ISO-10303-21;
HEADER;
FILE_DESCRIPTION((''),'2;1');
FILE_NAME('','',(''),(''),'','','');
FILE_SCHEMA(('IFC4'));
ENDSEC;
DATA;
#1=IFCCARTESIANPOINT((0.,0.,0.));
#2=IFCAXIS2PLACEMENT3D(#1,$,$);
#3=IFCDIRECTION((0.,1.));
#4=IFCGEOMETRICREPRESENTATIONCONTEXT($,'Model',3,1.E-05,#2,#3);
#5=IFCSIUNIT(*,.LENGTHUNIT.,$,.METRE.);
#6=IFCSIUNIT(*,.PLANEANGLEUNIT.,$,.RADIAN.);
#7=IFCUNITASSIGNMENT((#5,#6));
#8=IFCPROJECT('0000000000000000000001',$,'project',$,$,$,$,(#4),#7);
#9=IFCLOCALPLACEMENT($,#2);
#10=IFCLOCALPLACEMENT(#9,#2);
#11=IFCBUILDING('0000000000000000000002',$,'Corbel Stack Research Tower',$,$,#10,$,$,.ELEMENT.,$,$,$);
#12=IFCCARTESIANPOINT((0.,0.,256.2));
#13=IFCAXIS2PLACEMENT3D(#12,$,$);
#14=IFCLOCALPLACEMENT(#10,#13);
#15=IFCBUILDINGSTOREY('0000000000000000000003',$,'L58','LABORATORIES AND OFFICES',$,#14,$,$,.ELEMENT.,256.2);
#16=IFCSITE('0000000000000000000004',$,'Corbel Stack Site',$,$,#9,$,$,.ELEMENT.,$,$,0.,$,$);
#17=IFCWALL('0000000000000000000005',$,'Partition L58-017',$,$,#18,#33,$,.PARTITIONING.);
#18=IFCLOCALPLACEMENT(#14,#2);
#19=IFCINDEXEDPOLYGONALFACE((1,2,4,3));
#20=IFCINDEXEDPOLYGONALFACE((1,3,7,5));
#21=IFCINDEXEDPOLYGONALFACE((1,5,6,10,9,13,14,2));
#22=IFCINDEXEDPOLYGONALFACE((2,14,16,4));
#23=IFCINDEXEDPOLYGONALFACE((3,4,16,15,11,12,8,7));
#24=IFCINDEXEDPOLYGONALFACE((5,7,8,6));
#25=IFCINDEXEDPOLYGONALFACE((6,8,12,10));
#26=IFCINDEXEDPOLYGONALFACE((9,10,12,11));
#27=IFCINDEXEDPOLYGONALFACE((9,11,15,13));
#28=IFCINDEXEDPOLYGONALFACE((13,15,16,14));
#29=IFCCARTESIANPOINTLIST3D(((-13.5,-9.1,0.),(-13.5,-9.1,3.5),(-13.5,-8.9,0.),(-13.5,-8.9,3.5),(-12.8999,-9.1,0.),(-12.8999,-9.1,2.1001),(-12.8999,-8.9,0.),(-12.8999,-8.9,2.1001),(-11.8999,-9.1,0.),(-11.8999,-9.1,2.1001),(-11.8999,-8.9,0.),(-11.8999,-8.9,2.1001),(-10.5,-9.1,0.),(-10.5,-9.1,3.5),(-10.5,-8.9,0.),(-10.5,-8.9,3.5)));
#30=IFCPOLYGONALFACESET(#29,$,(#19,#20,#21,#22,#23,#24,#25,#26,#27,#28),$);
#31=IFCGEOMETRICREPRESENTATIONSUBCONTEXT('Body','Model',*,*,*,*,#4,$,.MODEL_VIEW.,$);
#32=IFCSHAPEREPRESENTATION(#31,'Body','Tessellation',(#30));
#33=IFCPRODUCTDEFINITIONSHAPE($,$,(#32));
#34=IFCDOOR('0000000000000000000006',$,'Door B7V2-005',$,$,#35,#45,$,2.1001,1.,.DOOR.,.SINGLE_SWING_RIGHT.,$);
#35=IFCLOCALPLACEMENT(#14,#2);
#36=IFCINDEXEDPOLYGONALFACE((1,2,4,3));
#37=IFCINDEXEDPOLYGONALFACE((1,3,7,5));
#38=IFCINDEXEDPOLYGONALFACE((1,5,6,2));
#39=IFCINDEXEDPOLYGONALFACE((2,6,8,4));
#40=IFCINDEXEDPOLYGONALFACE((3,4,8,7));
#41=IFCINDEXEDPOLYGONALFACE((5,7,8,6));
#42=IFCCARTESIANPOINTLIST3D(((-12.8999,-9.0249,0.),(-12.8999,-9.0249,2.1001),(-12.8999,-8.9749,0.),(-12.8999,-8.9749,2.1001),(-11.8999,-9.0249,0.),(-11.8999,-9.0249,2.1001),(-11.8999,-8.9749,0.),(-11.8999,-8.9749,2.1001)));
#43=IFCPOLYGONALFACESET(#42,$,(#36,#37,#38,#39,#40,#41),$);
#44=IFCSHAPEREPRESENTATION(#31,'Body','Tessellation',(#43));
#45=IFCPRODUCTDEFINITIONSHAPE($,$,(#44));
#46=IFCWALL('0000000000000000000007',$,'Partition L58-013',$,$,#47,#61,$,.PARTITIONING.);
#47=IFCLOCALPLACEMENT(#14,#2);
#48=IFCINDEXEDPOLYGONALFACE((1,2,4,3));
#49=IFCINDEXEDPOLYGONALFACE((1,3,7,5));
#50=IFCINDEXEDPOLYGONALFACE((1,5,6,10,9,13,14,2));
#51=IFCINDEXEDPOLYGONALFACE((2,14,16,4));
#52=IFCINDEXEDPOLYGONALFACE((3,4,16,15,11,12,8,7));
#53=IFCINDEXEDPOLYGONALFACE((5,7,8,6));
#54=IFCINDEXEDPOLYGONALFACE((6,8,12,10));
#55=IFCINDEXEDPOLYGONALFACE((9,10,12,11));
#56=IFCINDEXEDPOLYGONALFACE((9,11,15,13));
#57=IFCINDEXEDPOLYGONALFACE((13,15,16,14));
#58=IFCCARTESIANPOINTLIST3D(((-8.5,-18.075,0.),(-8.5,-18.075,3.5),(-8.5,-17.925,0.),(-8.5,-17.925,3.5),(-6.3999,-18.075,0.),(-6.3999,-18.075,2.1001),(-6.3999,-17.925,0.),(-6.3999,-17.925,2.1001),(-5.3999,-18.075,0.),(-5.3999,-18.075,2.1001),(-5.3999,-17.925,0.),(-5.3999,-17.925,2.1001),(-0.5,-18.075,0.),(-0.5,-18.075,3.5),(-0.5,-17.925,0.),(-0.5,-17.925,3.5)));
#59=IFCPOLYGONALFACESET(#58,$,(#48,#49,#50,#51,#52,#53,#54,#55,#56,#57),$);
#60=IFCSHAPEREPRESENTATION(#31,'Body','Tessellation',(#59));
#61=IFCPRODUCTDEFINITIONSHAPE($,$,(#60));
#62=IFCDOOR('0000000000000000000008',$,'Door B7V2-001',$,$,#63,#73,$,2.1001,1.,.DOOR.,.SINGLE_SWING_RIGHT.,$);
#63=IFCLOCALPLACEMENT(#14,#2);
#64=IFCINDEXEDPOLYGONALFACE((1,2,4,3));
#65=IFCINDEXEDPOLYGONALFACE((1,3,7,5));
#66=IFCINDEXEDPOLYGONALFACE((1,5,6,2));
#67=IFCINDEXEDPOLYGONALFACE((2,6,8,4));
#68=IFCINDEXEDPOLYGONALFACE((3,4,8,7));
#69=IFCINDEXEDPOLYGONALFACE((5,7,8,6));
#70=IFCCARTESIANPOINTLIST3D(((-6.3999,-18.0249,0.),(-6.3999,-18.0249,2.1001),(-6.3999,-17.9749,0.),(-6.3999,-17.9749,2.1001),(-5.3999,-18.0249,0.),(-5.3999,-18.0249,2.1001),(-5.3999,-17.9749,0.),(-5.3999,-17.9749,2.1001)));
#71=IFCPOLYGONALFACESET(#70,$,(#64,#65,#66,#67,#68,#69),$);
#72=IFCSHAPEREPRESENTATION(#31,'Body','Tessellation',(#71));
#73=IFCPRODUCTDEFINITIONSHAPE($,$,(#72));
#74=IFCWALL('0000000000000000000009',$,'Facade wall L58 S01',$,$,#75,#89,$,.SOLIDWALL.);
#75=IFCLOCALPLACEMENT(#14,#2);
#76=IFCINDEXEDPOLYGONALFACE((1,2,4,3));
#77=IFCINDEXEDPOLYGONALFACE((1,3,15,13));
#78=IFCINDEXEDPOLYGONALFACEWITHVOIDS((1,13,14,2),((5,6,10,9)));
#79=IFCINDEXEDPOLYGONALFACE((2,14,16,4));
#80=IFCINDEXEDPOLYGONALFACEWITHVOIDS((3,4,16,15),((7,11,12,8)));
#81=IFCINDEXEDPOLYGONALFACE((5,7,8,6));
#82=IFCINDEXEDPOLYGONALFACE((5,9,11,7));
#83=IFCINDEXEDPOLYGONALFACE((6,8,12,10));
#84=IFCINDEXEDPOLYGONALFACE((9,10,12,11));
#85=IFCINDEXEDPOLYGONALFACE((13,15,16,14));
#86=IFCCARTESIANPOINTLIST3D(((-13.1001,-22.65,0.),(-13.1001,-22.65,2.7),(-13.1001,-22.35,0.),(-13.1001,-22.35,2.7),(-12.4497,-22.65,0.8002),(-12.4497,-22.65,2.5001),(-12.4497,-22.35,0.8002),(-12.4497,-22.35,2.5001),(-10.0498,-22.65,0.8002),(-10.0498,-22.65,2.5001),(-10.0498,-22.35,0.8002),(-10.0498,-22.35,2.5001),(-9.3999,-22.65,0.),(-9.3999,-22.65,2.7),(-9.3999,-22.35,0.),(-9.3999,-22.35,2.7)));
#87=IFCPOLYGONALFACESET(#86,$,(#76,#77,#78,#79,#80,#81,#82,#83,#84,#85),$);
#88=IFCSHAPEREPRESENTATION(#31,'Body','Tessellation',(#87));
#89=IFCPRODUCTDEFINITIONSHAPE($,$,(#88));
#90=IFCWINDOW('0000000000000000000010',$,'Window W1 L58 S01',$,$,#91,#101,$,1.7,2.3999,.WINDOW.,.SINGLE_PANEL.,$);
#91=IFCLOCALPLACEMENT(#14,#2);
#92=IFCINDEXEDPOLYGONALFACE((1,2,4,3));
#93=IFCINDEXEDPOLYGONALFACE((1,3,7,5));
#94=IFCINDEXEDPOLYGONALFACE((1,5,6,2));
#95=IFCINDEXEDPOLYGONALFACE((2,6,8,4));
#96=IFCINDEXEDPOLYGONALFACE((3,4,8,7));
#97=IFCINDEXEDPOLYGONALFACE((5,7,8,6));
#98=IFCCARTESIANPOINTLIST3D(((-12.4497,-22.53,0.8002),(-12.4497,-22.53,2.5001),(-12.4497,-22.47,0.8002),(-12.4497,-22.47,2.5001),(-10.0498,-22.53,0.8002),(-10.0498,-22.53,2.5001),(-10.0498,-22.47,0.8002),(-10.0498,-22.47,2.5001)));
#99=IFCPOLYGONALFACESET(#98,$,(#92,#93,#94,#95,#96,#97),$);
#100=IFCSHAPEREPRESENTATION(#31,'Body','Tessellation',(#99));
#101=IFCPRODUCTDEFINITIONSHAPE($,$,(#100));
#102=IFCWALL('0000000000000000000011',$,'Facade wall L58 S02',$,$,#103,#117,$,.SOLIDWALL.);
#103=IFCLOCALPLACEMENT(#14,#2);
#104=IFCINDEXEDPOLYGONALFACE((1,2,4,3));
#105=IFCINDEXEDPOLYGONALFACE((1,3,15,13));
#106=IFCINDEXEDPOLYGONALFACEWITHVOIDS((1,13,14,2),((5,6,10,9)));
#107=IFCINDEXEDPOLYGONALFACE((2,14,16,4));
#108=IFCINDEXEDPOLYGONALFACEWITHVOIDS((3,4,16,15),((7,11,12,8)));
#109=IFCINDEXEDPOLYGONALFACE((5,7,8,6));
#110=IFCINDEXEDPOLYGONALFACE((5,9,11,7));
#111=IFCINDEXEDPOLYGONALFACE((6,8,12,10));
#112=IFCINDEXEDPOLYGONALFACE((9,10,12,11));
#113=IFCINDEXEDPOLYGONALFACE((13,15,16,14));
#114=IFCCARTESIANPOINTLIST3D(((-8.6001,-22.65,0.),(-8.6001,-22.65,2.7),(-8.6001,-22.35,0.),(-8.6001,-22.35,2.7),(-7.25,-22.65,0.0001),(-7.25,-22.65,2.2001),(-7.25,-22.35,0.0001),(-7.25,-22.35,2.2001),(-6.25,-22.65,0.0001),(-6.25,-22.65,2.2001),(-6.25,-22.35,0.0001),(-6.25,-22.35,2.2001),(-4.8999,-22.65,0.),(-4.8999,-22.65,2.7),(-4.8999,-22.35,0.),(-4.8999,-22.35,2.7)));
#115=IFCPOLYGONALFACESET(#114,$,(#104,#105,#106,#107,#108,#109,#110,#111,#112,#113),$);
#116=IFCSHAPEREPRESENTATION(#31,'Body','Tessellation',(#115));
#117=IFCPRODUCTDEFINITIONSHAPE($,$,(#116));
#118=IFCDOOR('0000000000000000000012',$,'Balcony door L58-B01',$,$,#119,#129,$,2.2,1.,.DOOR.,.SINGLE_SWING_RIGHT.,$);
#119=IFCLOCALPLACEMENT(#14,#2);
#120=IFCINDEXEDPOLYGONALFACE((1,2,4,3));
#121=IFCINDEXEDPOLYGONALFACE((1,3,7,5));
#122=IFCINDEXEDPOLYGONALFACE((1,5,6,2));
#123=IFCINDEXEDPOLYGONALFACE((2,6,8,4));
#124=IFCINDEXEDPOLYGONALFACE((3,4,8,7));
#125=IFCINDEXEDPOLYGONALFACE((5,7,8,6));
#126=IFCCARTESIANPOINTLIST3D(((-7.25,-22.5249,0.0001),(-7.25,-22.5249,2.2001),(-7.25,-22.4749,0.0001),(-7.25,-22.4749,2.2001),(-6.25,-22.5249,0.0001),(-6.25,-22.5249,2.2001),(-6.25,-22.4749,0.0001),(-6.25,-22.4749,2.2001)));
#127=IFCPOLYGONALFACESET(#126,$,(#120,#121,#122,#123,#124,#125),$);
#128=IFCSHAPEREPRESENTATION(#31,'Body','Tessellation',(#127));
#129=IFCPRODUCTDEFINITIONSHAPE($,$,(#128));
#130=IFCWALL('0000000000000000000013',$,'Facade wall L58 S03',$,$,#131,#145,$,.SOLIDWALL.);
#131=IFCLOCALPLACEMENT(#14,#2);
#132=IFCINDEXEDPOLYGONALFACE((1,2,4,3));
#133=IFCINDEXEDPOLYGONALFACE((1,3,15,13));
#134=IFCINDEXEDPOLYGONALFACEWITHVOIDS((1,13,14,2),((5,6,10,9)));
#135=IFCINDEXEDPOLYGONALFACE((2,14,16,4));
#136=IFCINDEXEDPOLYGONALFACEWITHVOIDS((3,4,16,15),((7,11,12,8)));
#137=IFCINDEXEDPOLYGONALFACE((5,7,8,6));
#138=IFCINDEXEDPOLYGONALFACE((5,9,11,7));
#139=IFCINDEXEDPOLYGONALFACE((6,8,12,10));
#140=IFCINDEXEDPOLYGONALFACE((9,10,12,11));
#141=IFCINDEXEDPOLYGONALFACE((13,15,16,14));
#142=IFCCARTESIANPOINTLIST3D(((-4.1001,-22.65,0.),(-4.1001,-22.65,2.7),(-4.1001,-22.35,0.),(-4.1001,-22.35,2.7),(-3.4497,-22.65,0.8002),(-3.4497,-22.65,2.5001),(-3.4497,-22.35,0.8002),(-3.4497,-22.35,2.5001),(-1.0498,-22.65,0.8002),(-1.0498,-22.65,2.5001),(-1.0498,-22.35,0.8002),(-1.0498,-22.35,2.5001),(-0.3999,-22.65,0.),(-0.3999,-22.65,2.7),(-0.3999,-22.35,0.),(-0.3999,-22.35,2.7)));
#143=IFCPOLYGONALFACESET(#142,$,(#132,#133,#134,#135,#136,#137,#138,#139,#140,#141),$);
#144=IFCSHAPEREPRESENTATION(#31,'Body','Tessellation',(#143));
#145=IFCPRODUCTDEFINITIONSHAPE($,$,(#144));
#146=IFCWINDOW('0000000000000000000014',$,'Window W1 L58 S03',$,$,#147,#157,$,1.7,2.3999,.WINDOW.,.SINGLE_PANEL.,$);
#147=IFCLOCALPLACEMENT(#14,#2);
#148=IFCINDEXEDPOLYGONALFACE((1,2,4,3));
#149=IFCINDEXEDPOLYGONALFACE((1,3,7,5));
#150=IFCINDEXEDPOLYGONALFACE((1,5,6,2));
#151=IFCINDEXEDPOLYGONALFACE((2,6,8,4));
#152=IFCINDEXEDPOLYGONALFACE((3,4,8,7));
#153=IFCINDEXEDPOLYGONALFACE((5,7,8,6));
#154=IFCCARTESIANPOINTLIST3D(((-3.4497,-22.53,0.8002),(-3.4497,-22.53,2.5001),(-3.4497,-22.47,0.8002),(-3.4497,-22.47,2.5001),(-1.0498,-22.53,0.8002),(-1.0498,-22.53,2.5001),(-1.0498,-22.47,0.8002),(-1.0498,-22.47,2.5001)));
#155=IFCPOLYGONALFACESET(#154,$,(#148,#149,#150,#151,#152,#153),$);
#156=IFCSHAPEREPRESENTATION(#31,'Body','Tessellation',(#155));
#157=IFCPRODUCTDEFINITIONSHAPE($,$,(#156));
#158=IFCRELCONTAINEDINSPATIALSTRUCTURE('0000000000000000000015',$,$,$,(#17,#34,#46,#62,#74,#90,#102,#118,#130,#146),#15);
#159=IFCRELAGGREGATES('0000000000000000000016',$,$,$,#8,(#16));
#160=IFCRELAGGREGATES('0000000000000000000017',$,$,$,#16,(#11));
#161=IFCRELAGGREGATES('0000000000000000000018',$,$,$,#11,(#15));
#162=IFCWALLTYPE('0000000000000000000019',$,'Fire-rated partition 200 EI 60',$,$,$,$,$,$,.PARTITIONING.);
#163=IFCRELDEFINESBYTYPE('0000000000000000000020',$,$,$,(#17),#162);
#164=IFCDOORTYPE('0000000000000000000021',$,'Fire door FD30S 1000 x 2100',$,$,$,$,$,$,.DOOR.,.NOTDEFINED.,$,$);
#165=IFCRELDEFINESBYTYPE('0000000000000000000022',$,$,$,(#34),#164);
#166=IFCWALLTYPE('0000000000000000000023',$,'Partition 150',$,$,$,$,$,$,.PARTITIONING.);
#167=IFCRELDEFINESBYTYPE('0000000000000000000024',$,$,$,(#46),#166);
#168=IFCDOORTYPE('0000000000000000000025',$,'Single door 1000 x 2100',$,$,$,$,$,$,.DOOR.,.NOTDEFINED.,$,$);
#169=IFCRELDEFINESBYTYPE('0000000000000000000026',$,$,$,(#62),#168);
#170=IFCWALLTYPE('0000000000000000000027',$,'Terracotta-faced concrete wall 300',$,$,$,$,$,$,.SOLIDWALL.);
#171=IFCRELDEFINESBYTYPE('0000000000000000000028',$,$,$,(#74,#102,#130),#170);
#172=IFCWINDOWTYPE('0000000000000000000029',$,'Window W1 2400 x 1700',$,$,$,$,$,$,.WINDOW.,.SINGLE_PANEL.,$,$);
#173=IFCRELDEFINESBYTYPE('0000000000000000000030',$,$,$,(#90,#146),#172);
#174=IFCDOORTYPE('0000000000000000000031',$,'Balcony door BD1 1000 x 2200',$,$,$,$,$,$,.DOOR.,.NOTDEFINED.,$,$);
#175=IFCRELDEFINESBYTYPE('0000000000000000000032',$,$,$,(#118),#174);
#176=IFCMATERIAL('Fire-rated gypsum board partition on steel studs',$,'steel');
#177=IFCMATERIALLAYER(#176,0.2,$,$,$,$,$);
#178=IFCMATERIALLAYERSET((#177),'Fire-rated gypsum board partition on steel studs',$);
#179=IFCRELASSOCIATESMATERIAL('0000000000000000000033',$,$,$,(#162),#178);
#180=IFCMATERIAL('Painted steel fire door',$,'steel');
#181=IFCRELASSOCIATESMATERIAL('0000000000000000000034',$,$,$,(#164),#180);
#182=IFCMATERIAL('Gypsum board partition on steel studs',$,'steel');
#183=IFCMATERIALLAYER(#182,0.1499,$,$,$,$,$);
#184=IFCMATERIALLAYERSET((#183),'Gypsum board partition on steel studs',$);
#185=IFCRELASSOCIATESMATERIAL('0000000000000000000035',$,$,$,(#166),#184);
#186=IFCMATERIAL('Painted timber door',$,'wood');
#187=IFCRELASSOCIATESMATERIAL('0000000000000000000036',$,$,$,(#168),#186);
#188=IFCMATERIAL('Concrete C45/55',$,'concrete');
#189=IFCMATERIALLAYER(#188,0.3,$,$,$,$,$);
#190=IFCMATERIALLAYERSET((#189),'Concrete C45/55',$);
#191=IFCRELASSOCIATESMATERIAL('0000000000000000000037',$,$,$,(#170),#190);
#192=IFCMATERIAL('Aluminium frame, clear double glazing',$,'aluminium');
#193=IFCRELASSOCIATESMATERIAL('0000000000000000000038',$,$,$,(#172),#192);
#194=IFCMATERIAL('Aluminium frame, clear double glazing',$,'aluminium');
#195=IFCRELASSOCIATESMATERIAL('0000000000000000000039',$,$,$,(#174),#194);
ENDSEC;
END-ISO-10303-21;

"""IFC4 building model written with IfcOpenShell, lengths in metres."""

from ifc_helpers import new_model, si_unit, direction, frame, frame_2d, origin, place, context, subcontext, project, spatial, rectangle, extrude, material, layer, layer_set, type_object, element, fill, save


model = new_model("IFC4")

# Units and contexts
model_context = context("Model", 3, precision=1e-05, world=origin(), true_north=direction((0.0, 1.0)))
body_context = subcontext(model_context, "Body", "Model", "MODEL_VIEW")
ifc_project = project(units=[si_unit("LENGTHUNIT", "METRE"), si_unit("PLANEANGLEUNIT", "RADIAN")], contexts=[model_context])

# Site, building, storey
site_placement = place(None, origin())
site = spatial("IfcSite", under=ifc_project, at=site_placement, Name="Corbel Stack Site", CompositionType="ELEMENT", RefElevation=0.0)
building_placement = place(site_placement, origin())
building = spatial("IfcBuilding", under=site, at=building_placement, Name="Corbel Stack Research Tower", CompositionType="ELEMENT")
storey_placement = place(building_placement, frame((0.0, 0.0, 256.2)))
storey = spatial("IfcBuildingStorey", under=building, at=storey_placement, Name="L58", Description="LABORATORIES AND OFFICES", CompositionType="ELEMENT", Elevation=256.2)

# Shared definitions
ifc_material_1 = material(Name="Fire-rated gypsum board partition on steel studs", Category="steel")
ifc_layer_1 = layer(ifc_material_1, 0.2)
ifc_layer_set_1 = layer_set([ifc_layer_1], Name="Fire-rated gypsum board partition on steel studs")
wall_type_1 = type_object("IfcWallType", Name="Fire-rated partition 200 EI 60", PredefinedType="PARTITIONING", material=ifc_layer_set_1)

# Walls, openings, doors
wall_1_placement = place(storey_placement, frame((-10.5, -9.0, 0.0), z_axis=(0.0, 0.0, 1.0), x_axis=(-1.0, 0.0, 0.0)))
wall_1 = element("IfcWall", 1, at=wall_1_placement, inside=storey, type_object=wall_type_1, Name="Partition L58-017", PredefinedType="PARTITIONING", context=body_context, shape_type="SweptSolid", body=[
    extrude(rectangle(XDim=3.0, YDim=0.2, at=frame_2d((1.5, 0.0))), origin(), (0.0, 0.0, 1.0), 3.5),
])
opening_1_placement = place(wall_1_placement, frame((1.3999, 0.0, 0.0)))
opening_1 = element("IfcOpeningElement", 2, at=opening_1_placement, cuts=wall_1, PredefinedType="OPENING", context=body_context, shape_type="SweptSolid", body=[
    extrude(rectangle(XDim=1.0, YDim=2.1001, at=frame_2d((0.5, 1.05))), frame((0.0, 0.1099, 0.0), z_axis=(0.0, -1.0, 0.0), x_axis=(1.0, 0.0, 0.0)), (0.0, 0.0, 1.0), 0.22),
])
ifc_material_2 = material(Name="Painted steel fire door", Category="steel")
door_type_1 = type_object("IfcDoorType", Name="Fire door FD30S 1000 x 2100", OperationType="NOTDEFINED", PredefinedType="DOOR", material=ifc_material_2)
door_1_placement = place(opening_1_placement, origin())
door_1 = element("IfcDoor", 3, at=door_1_placement, inside=storey, type_object=door_type_1, Name="Door B7V2-005", OperationType="SINGLE_SWING_RIGHT", OverallHeight=2.1001, OverallWidth=1.0, PredefinedType="DOOR", context=body_context, shape_type="SweptSolid", body=[
    extrude(rectangle(XDim=1.0, YDim=2.1001, at=frame_2d((0.5, 1.05))), frame((0.0, 0.0249, 0.0), z_axis=(0.0, -1.0, 0.0), x_axis=(1.0, 0.0, 0.0)), (0.0, 0.0, 1.0), 0.05),
])
fill(opening_1, door_1)
ifc_material_3 = material(Name="Gypsum board partition on steel studs", Category="steel")
ifc_layer_2 = layer(ifc_material_3, 0.1499)
ifc_layer_set_2 = layer_set([ifc_layer_2], Name="Gypsum board partition on steel studs")
wall_type_2 = type_object("IfcWallType", Name="Partition 150", PredefinedType="PARTITIONING", material=ifc_layer_set_2)
wall_2_placement = place(storey_placement, frame((-0.5, -18.0, 0.0), z_axis=(0.0, 0.0, 1.0), x_axis=(-1.0, 0.0, 0.0)))
wall_2 = element("IfcWall", 4, at=wall_2_placement, inside=storey, type_object=wall_type_2, Name="Partition L58-013", PredefinedType="PARTITIONING", context=body_context, shape_type="SweptSolid", body=[
    extrude(rectangle(XDim=8.0, YDim=0.1499, at=frame_2d((4.0, 0.0))), origin(), (0.0, 0.0, 1.0), 3.5),
])
opening_2_placement = place(wall_2_placement, frame((4.8999, 0.0, 0.0)))
opening_2 = element("IfcOpeningElement", 5, at=opening_2_placement, cuts=wall_2, PredefinedType="OPENING", context=body_context, shape_type="SweptSolid", body=[
    extrude(rectangle(XDim=1.0, YDim=2.1001, at=frame_2d((0.5, 1.05))), frame((0.0, 0.085, 0.0), z_axis=(0.0, -1.0, 0.0), x_axis=(1.0, 0.0, 0.0)), (0.0, 0.0, 1.0), 0.1699),
])
ifc_material_4 = material(Name="Painted timber door", Category="wood")
door_type_2 = type_object("IfcDoorType", Name="Single door 1000 x 2100", OperationType="NOTDEFINED", PredefinedType="DOOR", material=ifc_material_4)
door_2_placement = place(opening_2_placement, origin())
door_2 = element("IfcDoor", 6, at=door_2_placement, inside=storey, type_object=door_type_2, Name="Door B7V2-001", OperationType="SINGLE_SWING_RIGHT", OverallHeight=2.1001, OverallWidth=1.0, PredefinedType="DOOR", context=body_context, shape_type="SweptSolid", body=[
    extrude(rectangle(XDim=1.0, YDim=2.1001, at=frame_2d((0.5, 1.05))), frame((0.0, 0.0249, 0.0), z_axis=(0.0, -1.0, 0.0), x_axis=(1.0, 0.0, 0.0)), (0.0, 0.0, 1.0), 0.05),
])
fill(opening_2, door_2)

# Wall, opening, window
ifc_material_5 = material(Name="Concrete C45/55", Category="concrete")
ifc_layer_3 = layer(ifc_material_5, 0.3)
ifc_layer_set_3 = layer_set([ifc_layer_3], Name="Concrete C45/55")
wall_type_3 = type_object("IfcWallType", Name="Terracotta-faced concrete wall 300", PredefinedType="SOLIDWALL", material=ifc_layer_set_3)
wall_3_placement = place(storey_placement, frame((-9.3999, -22.5, 0.0), z_axis=(0.0, 0.0, 1.0), x_axis=(-1.0, 0.0, 0.0)))
wall_3 = element("IfcWall", 7, at=wall_3_placement, inside=storey, type_object=wall_type_3, Name="Facade wall L58 S01", PredefinedType="SOLIDWALL", context=body_context, shape_type="SweptSolid", body=[
    extrude(rectangle(XDim=3.7002, YDim=0.3, at=frame_2d((1.8501, 0.0))), origin(), (0.0, 0.0, 1.0), 2.7),
])
opening_3_placement = place(wall_3_placement, frame((0.6499, 0.0, 0.8)))
opening_3 = element("IfcOpeningElement", 8, at=opening_3_placement, cuts=wall_3, PredefinedType="OPENING", context=body_context, shape_type="SweptSolid", body=[
    extrude(rectangle(XDim=2.3999, YDim=1.7, at=frame_2d((1.2, 0.8501))), frame((0.0, 0.1599, 0.0), z_axis=(0.0, -1.0, 0.0), x_axis=(1.0, 0.0, 0.0)), (0.0, 0.0, 1.0), 0.3201),
])
ifc_material_6 = material(Name="Aluminium frame, clear double glazing", Category="aluminium")
window_type = type_object("IfcWindowType", Name="Window W1 2400 x 1700", PartitioningType="SINGLE_PANEL", PredefinedType="WINDOW", material=ifc_material_6)
window_1_placement = place(opening_3_placement, origin())
window_1 = element("IfcWindow", 9, at=window_1_placement, inside=storey, type_object=window_type, Name="Window W1 L58 S01", OverallHeight=1.7, OverallWidth=2.3999, PartitioningType="SINGLE_PANEL", PredefinedType="WINDOW", context=body_context, shape_type="SweptSolid", body=[
    extrude(rectangle(XDim=2.3999, YDim=1.7, at=frame_2d((1.2, 0.8501))), frame((0.0, 0.03, 0.0), z_axis=(0.0, -1.0, 0.0), x_axis=(1.0, 0.0, 0.0)), (0.0, 0.0, 1.0), 0.0601),
])
fill(opening_3, window_1)

# Wall, opening, door
wall_4_placement = place(storey_placement, frame((-4.8999, -22.5, 0.0), z_axis=(0.0, 0.0, 1.0), x_axis=(-1.0, 0.0, 0.0)))
wall_4 = element("IfcWall", 10, at=wall_4_placement, inside=storey, type_object=wall_type_3, Name="Facade wall L58 S02", PredefinedType="SOLIDWALL", context=body_context, shape_type="SweptSolid", body=[
    extrude(rectangle(XDim=3.7002, YDim=0.3, at=frame_2d((1.8501, 0.0))), origin(), (0.0, 0.0, 1.0), 2.7),
])
opening_4_placement = place(wall_4_placement, frame((1.3501, 0.0, 0.0)))
opening_4 = element("IfcOpeningElement", 11, at=opening_4_placement, cuts=wall_4, PredefinedType="OPENING", context=body_context, shape_type="SweptSolid", body=[
    extrude(rectangle(XDim=1.0, YDim=2.2, at=frame_2d((0.5, 1.1001))), frame((0.0, 0.1599, 0.0), z_axis=(0.0, -1.0, 0.0), x_axis=(1.0, 0.0, 0.0)), (0.0, 0.0, 1.0), 0.3201),
])
ifc_material_7 = material(Name="Aluminium frame, clear double glazing", Category="aluminium")
door_type_3 = type_object("IfcDoorType", Name="Balcony door BD1 1000 x 2200", OperationType="NOTDEFINED", PredefinedType="DOOR", material=ifc_material_7)
door_3_placement = place(opening_4_placement, origin())
door_3 = element("IfcDoor", 12, at=door_3_placement, inside=storey, type_object=door_type_3, Name="Balcony door L58-B01", OperationType="SINGLE_SWING_RIGHT", OverallHeight=2.2, OverallWidth=1.0, PredefinedType="DOOR", context=body_context, shape_type="SweptSolid", body=[
    extrude(rectangle(XDim=1.0, YDim=2.2, at=frame_2d((0.5, 1.1001))), frame((0.0, 0.0249, 0.0), z_axis=(0.0, -1.0, 0.0), x_axis=(1.0, 0.0, 0.0)), (0.0, 0.0, 1.0), 0.05),
])
fill(opening_4, door_3)

# Wall, opening, window
wall_5_placement = place(storey_placement, frame((-0.3999, -22.5, 0.0), z_axis=(0.0, 0.0, 1.0), x_axis=(-1.0, 0.0, 0.0)))
wall_5 = element("IfcWall", 13, at=wall_5_placement, inside=storey, type_object=wall_type_3, Name="Facade wall L58 S03", PredefinedType="SOLIDWALL", context=body_context, shape_type="SweptSolid", body=[
    extrude(rectangle(XDim=3.7002, YDim=0.3, at=frame_2d((1.8501, 0.0))), origin(), (0.0, 0.0, 1.0), 2.7),
])
opening_5_placement = place(wall_5_placement, frame((0.6499, 0.0, 0.8)))
opening_5 = element("IfcOpeningElement", 14, at=opening_5_placement, cuts=wall_5, PredefinedType="OPENING", context=body_context, shape_type="SweptSolid", body=[
    extrude(rectangle(XDim=2.3999, YDim=1.7, at=frame_2d((1.2, 0.8501))), frame((0.0, 0.1599, 0.0), z_axis=(0.0, -1.0, 0.0), x_axis=(1.0, 0.0, 0.0)), (0.0, 0.0, 1.0), 0.3201),
])
window_2_placement = place(opening_5_placement, origin())
window_2 = element("IfcWindow", 15, at=window_2_placement, inside=storey, type_object=window_type, Name="Window W1 L58 S03", OverallHeight=1.7, OverallWidth=2.3999, PartitioningType="SINGLE_PANEL", PredefinedType="WINDOW", context=body_context, shape_type="SweptSolid", body=[
    extrude(rectangle(XDim=2.3999, YDim=1.7, at=frame_2d((1.2, 0.8501))), frame((0.0, 0.03, 0.0), z_axis=(0.0, -1.0, 0.0), x_axis=(1.0, 0.0, 0.0)), (0.0, 0.0, 1.0), 0.0601),
])
fill(opening_5, window_2)

save(model, "model.ifc")
